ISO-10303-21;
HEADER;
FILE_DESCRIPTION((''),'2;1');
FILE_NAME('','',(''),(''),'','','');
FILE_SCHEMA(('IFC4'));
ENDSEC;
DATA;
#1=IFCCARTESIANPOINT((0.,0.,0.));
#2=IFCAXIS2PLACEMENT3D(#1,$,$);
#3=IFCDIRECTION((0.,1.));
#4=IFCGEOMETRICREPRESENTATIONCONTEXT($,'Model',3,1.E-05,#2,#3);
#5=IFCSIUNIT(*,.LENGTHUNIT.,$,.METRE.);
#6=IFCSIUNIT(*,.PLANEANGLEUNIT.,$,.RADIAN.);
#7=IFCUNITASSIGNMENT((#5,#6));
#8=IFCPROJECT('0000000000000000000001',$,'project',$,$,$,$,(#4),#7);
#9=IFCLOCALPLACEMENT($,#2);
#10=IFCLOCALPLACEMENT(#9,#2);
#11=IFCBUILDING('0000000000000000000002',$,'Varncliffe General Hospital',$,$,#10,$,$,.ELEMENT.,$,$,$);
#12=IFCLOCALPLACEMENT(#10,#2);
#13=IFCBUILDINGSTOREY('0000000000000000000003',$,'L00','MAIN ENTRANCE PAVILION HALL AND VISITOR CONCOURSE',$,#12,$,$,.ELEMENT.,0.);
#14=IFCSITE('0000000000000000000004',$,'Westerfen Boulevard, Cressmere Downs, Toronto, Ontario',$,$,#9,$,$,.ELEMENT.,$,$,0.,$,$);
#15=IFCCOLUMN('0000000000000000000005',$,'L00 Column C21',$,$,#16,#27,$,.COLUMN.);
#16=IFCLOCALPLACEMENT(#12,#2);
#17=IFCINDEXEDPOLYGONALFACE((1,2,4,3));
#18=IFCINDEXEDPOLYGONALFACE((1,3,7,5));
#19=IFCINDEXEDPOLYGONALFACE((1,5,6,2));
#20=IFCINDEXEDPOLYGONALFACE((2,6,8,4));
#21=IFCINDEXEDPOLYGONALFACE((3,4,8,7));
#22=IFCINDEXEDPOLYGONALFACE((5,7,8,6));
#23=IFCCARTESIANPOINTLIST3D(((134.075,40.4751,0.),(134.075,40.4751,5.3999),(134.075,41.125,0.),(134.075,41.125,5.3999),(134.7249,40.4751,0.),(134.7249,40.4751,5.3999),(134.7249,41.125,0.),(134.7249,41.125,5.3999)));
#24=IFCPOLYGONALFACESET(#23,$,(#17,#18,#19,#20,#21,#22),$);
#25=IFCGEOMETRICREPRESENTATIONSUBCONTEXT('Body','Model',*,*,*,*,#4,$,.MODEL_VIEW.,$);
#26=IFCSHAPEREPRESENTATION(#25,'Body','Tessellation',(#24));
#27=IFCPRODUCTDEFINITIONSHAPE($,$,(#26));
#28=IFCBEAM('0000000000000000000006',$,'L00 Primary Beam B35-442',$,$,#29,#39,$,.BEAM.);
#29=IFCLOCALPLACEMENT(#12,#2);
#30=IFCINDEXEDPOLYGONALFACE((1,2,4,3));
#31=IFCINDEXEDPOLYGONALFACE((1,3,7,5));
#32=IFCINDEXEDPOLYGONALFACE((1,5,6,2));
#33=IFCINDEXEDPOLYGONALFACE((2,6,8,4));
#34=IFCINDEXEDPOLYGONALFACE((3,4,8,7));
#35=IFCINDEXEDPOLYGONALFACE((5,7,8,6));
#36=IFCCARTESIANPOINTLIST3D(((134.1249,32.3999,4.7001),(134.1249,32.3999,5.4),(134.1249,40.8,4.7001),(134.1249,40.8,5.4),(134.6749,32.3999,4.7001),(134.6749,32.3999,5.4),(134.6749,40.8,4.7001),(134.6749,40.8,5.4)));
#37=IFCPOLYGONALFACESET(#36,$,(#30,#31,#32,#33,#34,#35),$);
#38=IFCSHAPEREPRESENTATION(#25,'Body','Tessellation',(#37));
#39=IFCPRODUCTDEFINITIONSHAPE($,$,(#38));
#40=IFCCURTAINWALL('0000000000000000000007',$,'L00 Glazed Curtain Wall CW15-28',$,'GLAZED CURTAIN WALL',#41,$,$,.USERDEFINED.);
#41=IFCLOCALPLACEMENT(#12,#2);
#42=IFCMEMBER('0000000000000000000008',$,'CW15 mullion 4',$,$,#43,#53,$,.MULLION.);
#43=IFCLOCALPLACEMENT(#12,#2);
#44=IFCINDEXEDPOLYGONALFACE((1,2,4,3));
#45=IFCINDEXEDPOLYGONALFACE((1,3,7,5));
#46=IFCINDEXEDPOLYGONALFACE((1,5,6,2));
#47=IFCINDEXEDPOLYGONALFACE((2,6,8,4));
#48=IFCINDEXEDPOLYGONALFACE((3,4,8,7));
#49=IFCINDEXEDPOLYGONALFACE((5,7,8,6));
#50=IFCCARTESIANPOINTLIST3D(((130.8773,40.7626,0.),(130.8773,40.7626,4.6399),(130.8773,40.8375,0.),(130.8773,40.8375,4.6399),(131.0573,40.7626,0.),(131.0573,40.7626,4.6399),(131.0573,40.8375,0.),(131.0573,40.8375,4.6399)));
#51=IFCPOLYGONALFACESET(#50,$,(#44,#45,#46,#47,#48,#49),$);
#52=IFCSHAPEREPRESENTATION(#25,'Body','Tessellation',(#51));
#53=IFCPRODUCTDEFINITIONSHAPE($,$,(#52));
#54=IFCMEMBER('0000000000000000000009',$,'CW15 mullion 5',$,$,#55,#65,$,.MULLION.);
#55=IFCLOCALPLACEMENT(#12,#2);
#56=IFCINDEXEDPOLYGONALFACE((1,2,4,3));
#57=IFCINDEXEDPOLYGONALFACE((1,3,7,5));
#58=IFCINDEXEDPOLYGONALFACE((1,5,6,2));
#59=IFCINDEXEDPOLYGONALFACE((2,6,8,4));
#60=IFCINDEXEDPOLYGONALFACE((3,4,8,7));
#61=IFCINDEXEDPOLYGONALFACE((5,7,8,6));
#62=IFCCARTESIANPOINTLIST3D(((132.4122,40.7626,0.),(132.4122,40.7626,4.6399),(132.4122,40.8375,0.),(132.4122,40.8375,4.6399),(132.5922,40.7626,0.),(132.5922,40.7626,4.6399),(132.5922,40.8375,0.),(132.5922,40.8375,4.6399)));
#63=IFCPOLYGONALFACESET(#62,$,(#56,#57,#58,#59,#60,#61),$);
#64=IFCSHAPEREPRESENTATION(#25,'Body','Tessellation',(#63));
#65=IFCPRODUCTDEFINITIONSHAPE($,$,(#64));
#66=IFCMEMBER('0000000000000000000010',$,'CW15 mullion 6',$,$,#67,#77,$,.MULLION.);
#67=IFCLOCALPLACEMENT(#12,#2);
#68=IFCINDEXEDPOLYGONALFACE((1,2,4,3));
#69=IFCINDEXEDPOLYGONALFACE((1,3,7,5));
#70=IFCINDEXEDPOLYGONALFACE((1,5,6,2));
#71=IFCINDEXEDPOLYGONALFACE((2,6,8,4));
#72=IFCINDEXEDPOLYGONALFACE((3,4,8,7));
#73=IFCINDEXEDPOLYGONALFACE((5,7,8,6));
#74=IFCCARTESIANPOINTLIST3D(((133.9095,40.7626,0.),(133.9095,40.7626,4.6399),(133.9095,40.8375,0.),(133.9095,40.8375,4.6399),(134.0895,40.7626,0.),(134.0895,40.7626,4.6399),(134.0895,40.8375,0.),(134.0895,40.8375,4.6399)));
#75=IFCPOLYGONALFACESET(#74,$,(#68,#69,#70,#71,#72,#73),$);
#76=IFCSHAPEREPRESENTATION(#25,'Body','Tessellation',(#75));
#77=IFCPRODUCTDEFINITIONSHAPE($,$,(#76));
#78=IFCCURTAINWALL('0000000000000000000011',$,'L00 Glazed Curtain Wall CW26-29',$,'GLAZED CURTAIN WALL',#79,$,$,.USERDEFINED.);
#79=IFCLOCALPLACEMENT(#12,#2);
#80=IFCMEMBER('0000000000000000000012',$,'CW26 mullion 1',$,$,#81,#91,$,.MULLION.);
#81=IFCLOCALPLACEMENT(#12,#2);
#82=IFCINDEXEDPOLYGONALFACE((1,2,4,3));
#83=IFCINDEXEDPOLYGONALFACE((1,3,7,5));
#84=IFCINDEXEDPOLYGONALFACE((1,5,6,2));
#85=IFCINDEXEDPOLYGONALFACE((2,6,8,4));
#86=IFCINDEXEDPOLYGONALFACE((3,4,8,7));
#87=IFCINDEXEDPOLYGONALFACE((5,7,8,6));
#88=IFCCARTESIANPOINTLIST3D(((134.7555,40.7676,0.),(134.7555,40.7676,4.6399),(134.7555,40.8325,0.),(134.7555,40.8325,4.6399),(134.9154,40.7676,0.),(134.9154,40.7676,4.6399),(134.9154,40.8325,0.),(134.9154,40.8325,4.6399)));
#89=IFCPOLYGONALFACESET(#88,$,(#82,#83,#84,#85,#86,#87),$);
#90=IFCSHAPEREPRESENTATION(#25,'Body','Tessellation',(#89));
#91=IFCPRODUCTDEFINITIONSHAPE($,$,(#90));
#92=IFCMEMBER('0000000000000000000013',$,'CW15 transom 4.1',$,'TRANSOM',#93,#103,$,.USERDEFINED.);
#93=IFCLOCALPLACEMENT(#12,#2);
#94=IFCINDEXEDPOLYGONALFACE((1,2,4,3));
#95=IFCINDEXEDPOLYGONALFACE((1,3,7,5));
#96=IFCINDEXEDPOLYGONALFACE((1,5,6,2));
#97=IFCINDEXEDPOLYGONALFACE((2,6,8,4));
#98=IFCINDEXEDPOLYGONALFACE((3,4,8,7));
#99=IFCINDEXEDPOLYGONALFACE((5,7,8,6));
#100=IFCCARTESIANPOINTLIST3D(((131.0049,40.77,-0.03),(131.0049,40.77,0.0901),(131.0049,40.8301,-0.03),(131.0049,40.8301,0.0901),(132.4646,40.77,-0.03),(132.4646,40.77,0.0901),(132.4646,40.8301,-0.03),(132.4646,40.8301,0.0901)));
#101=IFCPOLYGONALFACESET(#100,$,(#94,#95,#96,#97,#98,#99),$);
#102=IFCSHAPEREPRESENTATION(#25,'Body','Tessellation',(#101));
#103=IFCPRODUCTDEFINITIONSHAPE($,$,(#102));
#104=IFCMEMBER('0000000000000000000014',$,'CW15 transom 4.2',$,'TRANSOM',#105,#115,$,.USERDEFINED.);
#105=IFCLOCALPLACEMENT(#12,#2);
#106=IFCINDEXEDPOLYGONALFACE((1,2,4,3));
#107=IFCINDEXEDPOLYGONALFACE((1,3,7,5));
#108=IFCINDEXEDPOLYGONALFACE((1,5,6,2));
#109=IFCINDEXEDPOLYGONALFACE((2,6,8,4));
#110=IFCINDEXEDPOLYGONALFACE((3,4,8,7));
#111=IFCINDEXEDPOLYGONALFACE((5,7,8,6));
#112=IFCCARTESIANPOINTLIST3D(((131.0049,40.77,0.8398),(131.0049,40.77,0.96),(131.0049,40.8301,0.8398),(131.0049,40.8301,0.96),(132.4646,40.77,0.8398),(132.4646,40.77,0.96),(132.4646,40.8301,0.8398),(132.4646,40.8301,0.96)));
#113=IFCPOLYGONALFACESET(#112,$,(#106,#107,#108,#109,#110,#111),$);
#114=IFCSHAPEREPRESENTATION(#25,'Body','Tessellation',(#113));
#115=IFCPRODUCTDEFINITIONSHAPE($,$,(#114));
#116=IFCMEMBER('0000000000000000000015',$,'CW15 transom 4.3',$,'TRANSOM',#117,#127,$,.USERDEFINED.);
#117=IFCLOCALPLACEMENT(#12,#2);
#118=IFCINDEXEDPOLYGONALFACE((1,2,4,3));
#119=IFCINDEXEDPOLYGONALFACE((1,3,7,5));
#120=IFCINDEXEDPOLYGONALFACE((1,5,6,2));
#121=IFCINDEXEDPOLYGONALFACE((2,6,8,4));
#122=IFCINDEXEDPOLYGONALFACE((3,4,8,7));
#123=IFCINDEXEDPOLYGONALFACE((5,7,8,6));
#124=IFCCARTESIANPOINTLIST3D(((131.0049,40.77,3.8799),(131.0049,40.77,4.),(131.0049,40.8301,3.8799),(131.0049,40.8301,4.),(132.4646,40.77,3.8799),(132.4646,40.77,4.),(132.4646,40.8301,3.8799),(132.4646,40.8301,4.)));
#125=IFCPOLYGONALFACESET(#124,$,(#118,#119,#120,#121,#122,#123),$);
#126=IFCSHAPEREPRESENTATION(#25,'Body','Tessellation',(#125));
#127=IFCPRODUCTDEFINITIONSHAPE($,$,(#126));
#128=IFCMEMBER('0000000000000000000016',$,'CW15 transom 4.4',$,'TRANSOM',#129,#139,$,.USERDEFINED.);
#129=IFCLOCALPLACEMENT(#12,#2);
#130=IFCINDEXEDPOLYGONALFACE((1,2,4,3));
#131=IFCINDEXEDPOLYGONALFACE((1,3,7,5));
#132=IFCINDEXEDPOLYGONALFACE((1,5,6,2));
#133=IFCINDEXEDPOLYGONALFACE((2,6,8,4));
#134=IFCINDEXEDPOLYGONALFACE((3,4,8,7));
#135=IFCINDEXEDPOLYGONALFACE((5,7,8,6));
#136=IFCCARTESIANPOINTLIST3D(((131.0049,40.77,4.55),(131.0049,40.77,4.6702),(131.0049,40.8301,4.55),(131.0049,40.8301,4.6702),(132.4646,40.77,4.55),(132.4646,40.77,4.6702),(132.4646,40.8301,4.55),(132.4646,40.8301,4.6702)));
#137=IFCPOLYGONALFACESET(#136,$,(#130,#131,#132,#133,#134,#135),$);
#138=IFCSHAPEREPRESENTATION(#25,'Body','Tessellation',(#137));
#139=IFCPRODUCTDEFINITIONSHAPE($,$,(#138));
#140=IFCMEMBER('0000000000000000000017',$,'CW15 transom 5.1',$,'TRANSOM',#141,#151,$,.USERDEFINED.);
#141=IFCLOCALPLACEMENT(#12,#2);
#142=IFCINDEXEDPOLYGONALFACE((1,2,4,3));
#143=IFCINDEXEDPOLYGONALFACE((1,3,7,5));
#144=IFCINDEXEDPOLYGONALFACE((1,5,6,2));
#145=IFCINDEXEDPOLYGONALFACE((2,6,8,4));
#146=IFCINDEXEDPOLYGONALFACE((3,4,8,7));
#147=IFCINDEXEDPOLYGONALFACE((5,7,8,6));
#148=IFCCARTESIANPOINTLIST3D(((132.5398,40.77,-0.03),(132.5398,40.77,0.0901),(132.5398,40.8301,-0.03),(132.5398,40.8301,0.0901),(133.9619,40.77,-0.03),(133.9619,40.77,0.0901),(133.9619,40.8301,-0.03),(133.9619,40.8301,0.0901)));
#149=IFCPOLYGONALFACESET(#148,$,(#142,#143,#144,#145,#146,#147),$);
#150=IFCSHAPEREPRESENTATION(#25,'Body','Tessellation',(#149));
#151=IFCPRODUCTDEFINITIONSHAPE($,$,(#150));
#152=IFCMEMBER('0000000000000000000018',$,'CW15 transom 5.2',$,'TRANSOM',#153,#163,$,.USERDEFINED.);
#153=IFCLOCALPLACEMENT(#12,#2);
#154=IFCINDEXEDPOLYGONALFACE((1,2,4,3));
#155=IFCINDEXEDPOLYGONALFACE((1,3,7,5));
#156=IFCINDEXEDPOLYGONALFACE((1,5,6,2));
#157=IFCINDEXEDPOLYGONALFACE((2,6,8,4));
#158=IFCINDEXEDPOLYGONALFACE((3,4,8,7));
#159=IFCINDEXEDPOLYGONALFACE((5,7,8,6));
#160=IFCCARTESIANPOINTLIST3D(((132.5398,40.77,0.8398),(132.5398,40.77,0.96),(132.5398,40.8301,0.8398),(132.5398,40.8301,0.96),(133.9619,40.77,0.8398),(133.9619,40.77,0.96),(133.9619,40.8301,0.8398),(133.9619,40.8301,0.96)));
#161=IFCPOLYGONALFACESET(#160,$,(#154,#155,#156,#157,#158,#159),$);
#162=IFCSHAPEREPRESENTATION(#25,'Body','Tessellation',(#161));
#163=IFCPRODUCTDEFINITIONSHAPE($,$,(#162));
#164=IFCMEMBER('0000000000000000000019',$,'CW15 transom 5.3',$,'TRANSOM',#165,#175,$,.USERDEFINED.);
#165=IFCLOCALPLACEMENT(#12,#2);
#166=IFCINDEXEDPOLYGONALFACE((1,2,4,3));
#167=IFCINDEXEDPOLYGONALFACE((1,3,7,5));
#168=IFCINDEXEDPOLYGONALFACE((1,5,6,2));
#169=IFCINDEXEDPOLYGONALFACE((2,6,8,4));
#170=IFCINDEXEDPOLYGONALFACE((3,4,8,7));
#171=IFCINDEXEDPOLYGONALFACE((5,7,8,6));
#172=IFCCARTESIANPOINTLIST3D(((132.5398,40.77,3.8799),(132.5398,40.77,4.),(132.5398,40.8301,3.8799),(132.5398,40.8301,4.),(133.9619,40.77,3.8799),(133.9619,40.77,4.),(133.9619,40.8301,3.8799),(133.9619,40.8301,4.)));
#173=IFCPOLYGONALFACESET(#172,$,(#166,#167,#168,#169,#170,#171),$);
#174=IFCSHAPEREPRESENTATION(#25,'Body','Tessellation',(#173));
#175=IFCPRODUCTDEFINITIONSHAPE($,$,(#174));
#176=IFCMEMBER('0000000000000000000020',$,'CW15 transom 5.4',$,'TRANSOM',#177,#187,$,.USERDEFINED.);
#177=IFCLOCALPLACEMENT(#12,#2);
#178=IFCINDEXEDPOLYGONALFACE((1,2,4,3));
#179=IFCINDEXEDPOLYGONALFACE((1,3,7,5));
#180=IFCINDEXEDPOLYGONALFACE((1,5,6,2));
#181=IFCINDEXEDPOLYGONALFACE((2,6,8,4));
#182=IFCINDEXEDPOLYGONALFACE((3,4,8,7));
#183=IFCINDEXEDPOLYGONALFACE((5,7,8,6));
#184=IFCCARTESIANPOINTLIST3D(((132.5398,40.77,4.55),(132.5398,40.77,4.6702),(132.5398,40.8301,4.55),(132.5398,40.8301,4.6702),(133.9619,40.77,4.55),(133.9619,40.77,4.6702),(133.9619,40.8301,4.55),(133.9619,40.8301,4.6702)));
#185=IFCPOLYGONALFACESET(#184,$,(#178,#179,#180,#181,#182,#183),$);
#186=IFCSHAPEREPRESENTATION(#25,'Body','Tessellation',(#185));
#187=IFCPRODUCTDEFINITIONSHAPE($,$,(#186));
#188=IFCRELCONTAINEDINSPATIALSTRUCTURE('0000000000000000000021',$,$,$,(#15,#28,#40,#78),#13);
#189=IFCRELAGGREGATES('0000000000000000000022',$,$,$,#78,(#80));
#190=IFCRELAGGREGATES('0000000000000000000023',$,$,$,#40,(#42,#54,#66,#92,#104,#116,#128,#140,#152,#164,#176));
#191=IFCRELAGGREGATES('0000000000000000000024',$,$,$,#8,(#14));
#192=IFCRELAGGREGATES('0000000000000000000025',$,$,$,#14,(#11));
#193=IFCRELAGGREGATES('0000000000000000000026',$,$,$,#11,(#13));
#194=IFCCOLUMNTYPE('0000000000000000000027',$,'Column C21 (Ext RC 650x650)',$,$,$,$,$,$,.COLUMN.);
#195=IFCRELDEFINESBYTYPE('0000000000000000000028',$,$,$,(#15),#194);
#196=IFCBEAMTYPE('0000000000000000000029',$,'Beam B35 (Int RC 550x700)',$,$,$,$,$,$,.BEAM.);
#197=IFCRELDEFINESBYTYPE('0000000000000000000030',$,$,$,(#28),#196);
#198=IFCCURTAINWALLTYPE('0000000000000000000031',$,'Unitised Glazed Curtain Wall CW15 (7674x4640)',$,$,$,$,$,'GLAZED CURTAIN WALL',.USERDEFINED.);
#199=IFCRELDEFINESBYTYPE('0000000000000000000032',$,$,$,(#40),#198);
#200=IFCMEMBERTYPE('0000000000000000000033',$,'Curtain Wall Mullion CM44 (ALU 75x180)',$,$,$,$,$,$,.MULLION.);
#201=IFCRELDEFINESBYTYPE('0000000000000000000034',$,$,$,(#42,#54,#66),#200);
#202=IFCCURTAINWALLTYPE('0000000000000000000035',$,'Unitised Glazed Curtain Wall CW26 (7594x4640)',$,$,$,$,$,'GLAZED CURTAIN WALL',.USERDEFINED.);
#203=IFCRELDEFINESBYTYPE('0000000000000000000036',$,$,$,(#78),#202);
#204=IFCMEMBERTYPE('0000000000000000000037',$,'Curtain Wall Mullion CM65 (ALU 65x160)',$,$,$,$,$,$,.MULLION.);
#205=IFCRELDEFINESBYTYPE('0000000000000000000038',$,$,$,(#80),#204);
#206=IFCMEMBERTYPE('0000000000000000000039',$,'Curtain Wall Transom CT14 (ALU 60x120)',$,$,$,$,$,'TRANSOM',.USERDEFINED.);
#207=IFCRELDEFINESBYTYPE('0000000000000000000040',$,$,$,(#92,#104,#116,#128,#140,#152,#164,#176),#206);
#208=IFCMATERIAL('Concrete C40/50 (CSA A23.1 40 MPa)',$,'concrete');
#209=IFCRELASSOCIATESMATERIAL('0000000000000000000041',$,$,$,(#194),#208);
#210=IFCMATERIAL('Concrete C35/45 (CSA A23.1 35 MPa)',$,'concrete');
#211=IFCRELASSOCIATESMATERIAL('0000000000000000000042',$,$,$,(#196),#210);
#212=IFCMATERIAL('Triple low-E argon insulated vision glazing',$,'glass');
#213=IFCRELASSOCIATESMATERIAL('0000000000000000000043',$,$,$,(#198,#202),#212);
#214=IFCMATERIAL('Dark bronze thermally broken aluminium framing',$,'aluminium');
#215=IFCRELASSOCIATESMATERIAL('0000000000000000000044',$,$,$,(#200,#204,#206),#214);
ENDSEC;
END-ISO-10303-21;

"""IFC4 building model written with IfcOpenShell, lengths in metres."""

from ifc_helpers import new_model, si_unit, direction, frame, origin, origin_2d, place, context, subcontext, project, spatial, rectangle, extrude, material, material_profile, profile_set, type_object, element, aggregate, save


model = new_model("IFC4")

# Units and contexts
model_context = context("Model", 3, precision=1e-05, world=origin(), true_north=direction((0.0, 1.0)))
body_context = subcontext(model_context, "Body", "Model", "MODEL_VIEW")
ifc_project = project(units=[si_unit("LENGTHUNIT", "METRE"), si_unit("PLANEANGLEUNIT", "RADIAN")], contexts=[model_context])

# Site, building, storey
site_placement = place(None, origin())
site = spatial("IfcSite", under=ifc_project, at=site_placement, Name="Westerfen Boulevard, Cressmere Downs, Toronto, Ontario", CompositionType="ELEMENT", RefElevation=0.0)
building_placement = place(site_placement, origin())
building = spatial("IfcBuilding", under=site, at=building_placement, Name="Varncliffe General Hospital", CompositionType="ELEMENT")
storey_placement = place(building_placement, origin())
storey = spatial("IfcBuildingStorey", under=building, at=storey_placement, Name="L00", Description="MAIN ENTRANCE PAVILION HALL AND VISITOR CONCOURSE", CompositionType="ELEMENT", Elevation=0.0)

# Column
ifc_material_1 = material(Name="Concrete C40/50 (CSA A23.1 40 MPa)", Category="concrete")
ifc_material_profile_1 = material_profile(ifc_material_1, rectangle(XDim=0.6499, YDim=0.6499, at=origin_2d()), Name="RC 650x650")
ifc_profile_set_1 = profile_set([ifc_material_profile_1], Name="Concrete C40/50 (CSA A23.1 40 MPa)")
column_type = type_object("IfcColumnType", Name="Column C21 (Ext RC 650x650)", PredefinedType="COLUMN", material=ifc_profile_set_1)
column_placement = place(storey_placement, frame((134.3999, 40.8, 0.0), z_axis=(0.0, 0.0, 1.0), x_axis=(1.0, 0.0, 0.0)))
element("IfcColumn", 1, at=column_placement, inside=storey, type_object=column_type, Name="L00 Column C21", PredefinedType="COLUMN", context=body_context, shape_type="SweptSolid", body=[
    extrude(rectangle(XDim=0.6499, YDim=0.6499, at=origin_2d()), origin(), (0.0, 0.0, 1.0), 5.3999),
])

# Beam
ifc_material_2 = material(Name="Concrete C35/45 (CSA A23.1 35 MPa)", Category="concrete")
ifc_material_profile_2 = material_profile(ifc_material_2, rectangle(XDim=0.55, YDim=0.7, at=origin_2d()), Name="RC 550x700")
ifc_profile_set_2 = profile_set([ifc_material_profile_2], Name="Concrete C35/45 (CSA A23.1 35 MPa)")
beam_type_1 = type_object("IfcBeamType", Name="Beam B35 (Int RC 550x700)", PredefinedType="BEAM", material=ifc_profile_set_2)
beam_1_placement = place(storey_placement, frame((134.3999, 32.3999, 5.05), z_axis=(0.0, 1.0, 0.0), x_axis=(-1.0, 0.0, 0.0)))
element("IfcBeam", 2, at=beam_1_placement, inside=storey, type_object=beam_type_1, Name="L00 Primary Beam B35-442", PredefinedType="BEAM", context=body_context, shape_type="SweptSolid", body=[
    extrude(rectangle(XDim=0.55, YDim=0.7, at=origin_2d()), origin(), (0.0, 0.0, 1.0), 8.4001),
])

# Curtain wall, members
ifc_material_3 = material(Name="Triple low-E argon insulated vision glazing", Category="glass")
curtain_wall_type_1 = type_object("IfcCurtainWallType", Name="Unitised Glazed Curtain Wall CW15 (7674x4640)", ElementType="GLAZED CURTAIN WALL", PredefinedType="USERDEFINED", material=ifc_material_3)
curtain_wall_1_placement = place(storey_placement, origin())
curtain_wall_1 = element("IfcCurtainWall", 3, at=curtain_wall_1_placement, inside=storey, type_object=curtain_wall_type_1, Name="L00 Glazed Curtain Wall CW15-28", ObjectType="GLAZED CURTAIN WALL", PredefinedType="USERDEFINED")
ifc_material_4 = material(Name="Dark bronze thermally broken aluminium framing", Category="aluminium")
ifc_material_profile_3 = material_profile(ifc_material_4, rectangle(XDim=0.075, YDim=0.1799, at=origin_2d()), Name="ALU 75x180")
ifc_profile_set_3 = profile_set([ifc_material_profile_3], Name="Dark bronze thermally broken aluminium framing")
member_type_1 = type_object("IfcMemberType", Name="Curtain Wall Mullion CM44 (ALU 75x180)", PredefinedType="MULLION", material=ifc_profile_set_3)
member_1_placement = place(storey_placement, frame((130.9673, 40.8, 0.0), z_axis=(0.0, 0.0, 1.0), x_axis=(0.0, 1.0, 0.0)))
member_1 = element("IfcMember", 4, at=member_1_placement, type_object=member_type_1, Name="CW15 mullion 4", PredefinedType="MULLION", context=body_context, shape_type="SweptSolid", body=[
    extrude(rectangle(XDim=0.075, YDim=0.1799, at=origin_2d()), origin(), (0.0, 0.0, 1.0), 4.6399),
])
member_2_placement = place(storey_placement, frame((132.5022, 40.8, 0.0), z_axis=(0.0, 0.0, 1.0), x_axis=(0.0, 1.0, 0.0)))
member_2 = element("IfcMember", 5, at=member_2_placement, type_object=member_type_1, Name="CW15 mullion 5", PredefinedType="MULLION", context=body_context, shape_type="SweptSolid", body=[
    extrude(rectangle(XDim=0.075, YDim=0.1799, at=origin_2d()), origin(), (0.0, 0.0, 1.0), 4.6399),
])
member_3_placement = place(storey_placement, frame((133.9995, 40.8, 0.0), z_axis=(0.0, 0.0, 1.0), x_axis=(0.0, 1.0, 0.0)))
member_3 = element("IfcMember", 6, at=member_3_placement, type_object=member_type_1, Name="CW15 mullion 6", PredefinedType="MULLION", context=body_context, shape_type="SweptSolid", body=[
    extrude(rectangle(XDim=0.075, YDim=0.1799, at=origin_2d()), origin(), (0.0, 0.0, 1.0), 4.6399),
])

# Curtain wall, member
curtain_wall_type_2 = type_object("IfcCurtainWallType", Name="Unitised Glazed Curtain Wall CW26 (7594x4640)", ElementType="GLAZED CURTAIN WALL", PredefinedType="USERDEFINED", material=ifc_material_3)
curtain_wall_2_placement = place(storey_placement, origin())
curtain_wall_2 = element("IfcCurtainWall", 7, at=curtain_wall_2_placement, inside=storey, type_object=curtain_wall_type_2, Name="L00 Glazed Curtain Wall CW26-29", ObjectType="GLAZED CURTAIN WALL", PredefinedType="USERDEFINED")
ifc_material_profile_4 = material_profile(ifc_material_4, rectangle(XDim=0.0649, YDim=0.1599, at=origin_2d()), Name="ALU 65x160")
ifc_profile_set_4 = profile_set([ifc_material_profile_4], Name="Dark bronze thermally broken aluminium framing")
member_type_2 = type_object("IfcMemberType", Name="Curtain Wall Mullion CM65 (ALU 65x160)", PredefinedType="MULLION", material=ifc_profile_set_4)
member_4_placement = place(storey_placement, frame((134.8354, 40.8, 0.0), z_axis=(0.0, 0.0, 1.0), x_axis=(0.0, 1.0, 0.0)))
member_4 = element("IfcMember", 8, at=member_4_placement, type_object=member_type_2, Name="CW26 mullion 1", PredefinedType="MULLION", context=body_context, shape_type="SweptSolid", body=[
    extrude(rectangle(XDim=0.0649, YDim=0.1599, at=origin_2d()), origin(), (0.0, 0.0, 1.0), 4.6399),
])

# Members
ifc_material_profile_5 = material_profile(ifc_material_4, rectangle(XDim=0.0601, YDim=0.1201, at=origin_2d()), Name="ALU 60x120")
ifc_profile_set_5 = profile_set([ifc_material_profile_5], Name="Dark bronze thermally broken aluminium framing")
member_type_3 = type_object("IfcMemberType", Name="Curtain Wall Transom CT14 (ALU 60x120)", ElementType="TRANSOM", PredefinedType="USERDEFINED", material=ifc_profile_set_5)
member_5_placement = place(storey_placement, frame((131.0049, 40.8, 0.03), z_axis=(1.0, 0.0, 0.0), x_axis=(0.0, 1.0, 0.0)))
member_5 = element("IfcMember", 9, at=member_5_placement, type_object=member_type_3, Name="CW15 transom 4.1", ObjectType="TRANSOM", PredefinedType="USERDEFINED", context=body_context, shape_type="SweptSolid", body=[
    extrude(rectangle(XDim=0.0601, YDim=0.1201, at=origin_2d()), origin(), (0.0, 0.0, 1.0), 1.4597),
])
member_6_placement = place(storey_placement, frame((131.0049, 40.8, 0.8999), z_axis=(1.0, 0.0, 0.0), x_axis=(0.0, 1.0, 0.0)))
member_6 = element("IfcMember", 10, at=member_6_placement, type_object=member_type_3, Name="CW15 transom 4.2", ObjectType="TRANSOM", PredefinedType="USERDEFINED", context=body_context, shape_type="SweptSolid", body=[
    extrude(rectangle(XDim=0.0601, YDim=0.1201, at=origin_2d()), origin(), (0.0, 0.0, 1.0), 1.4597),
])
member_7_placement = place(storey_placement, frame((131.0049, 40.8, 3.9399), z_axis=(1.0, 0.0, 0.0), x_axis=(0.0, 1.0, 0.0)))
member_7 = element("IfcMember", 11, at=member_7_placement, type_object=member_type_3, Name="CW15 transom 4.3", ObjectType="TRANSOM", PredefinedType="USERDEFINED", context=body_context, shape_type="SweptSolid", body=[
    extrude(rectangle(XDim=0.0601, YDim=0.1201, at=origin_2d()), origin(), (0.0, 0.0, 1.0), 1.4597),
])
member_8_placement = place(storey_placement, frame((131.0049, 40.8, 4.6101), z_axis=(1.0, 0.0, 0.0), x_axis=(0.0, 1.0, 0.0)))
member_8 = element("IfcMember", 12, at=member_8_placement, type_object=member_type_3, Name="CW15 transom 4.4", ObjectType="TRANSOM", PredefinedType="USERDEFINED", context=body_context, shape_type="SweptSolid", body=[
    extrude(rectangle(XDim=0.0601, YDim=0.1201, at=origin_2d()), origin(), (0.0, 0.0, 1.0), 1.4597),
])
member_9_placement = place(storey_placement, frame((132.5398, 40.8, 0.03), z_axis=(1.0, 0.0, 0.0), x_axis=(0.0, 1.0, 0.0)))
member_9 = element("IfcMember", 13, at=member_9_placement, type_object=member_type_3, Name="CW15 transom 5.1", ObjectType="TRANSOM", PredefinedType="USERDEFINED", context=body_context, shape_type="SweptSolid", body=[
    extrude(rectangle(XDim=0.0601, YDim=0.1201, at=origin_2d()), origin(), (0.0, 0.0, 1.0), 1.4221),
])
member_10_placement = place(storey_placement, frame((132.5398, 40.8, 0.8999), z_axis=(1.0, 0.0, 0.0), x_axis=(0.0, 1.0, 0.0)))
member_10 = element("IfcMember", 14, at=member_10_placement, type_object=member_type_3, Name="CW15 transom 5.2", ObjectType="TRANSOM", PredefinedType="USERDEFINED", context=body_context, shape_type="SweptSolid", body=[
    extrude(rectangle(XDim=0.0601, YDim=0.1201, at=origin_2d()), origin(), (0.0, 0.0, 1.0), 1.4221),
])
member_11_placement = place(storey_placement, frame((132.5398, 40.8, 3.9399), z_axis=(1.0, 0.0, 0.0), x_axis=(0.0, 1.0, 0.0)))
member_11 = element("IfcMember", 15, at=member_11_placement, type_object=member_type_3, Name="CW15 transom 5.3", ObjectType="TRANSOM", PredefinedType="USERDEFINED", context=body_context, shape_type="SweptSolid", body=[
    extrude(rectangle(XDim=0.0601, YDim=0.1201, at=origin_2d()), origin(), (0.0, 0.0, 1.0), 1.4221),
])
member_12_placement = place(storey_placement, frame((132.5398, 40.8, 4.6101), z_axis=(1.0, 0.0, 0.0), x_axis=(0.0, 1.0, 0.0)))
member_12 = element("IfcMember", 16, at=member_12_placement, type_object=member_type_3, Name="CW15 transom 5.4", ObjectType="TRANSOM", PredefinedType="USERDEFINED", context=body_context, shape_type="SweptSolid", body=[
    extrude(rectangle(XDim=0.0601, YDim=0.1201, at=origin_2d()), origin(), (0.0, 0.0, 1.0), 1.4221),
])
aggregate(curtain_wall_2, [member_4])

aggregate(curtain_wall_1, [member_1, member_2, member_3, member_5, member_6, member_7, member_8, member_9, member_10, member_11, member_12])

save(model, "model.ifc")
